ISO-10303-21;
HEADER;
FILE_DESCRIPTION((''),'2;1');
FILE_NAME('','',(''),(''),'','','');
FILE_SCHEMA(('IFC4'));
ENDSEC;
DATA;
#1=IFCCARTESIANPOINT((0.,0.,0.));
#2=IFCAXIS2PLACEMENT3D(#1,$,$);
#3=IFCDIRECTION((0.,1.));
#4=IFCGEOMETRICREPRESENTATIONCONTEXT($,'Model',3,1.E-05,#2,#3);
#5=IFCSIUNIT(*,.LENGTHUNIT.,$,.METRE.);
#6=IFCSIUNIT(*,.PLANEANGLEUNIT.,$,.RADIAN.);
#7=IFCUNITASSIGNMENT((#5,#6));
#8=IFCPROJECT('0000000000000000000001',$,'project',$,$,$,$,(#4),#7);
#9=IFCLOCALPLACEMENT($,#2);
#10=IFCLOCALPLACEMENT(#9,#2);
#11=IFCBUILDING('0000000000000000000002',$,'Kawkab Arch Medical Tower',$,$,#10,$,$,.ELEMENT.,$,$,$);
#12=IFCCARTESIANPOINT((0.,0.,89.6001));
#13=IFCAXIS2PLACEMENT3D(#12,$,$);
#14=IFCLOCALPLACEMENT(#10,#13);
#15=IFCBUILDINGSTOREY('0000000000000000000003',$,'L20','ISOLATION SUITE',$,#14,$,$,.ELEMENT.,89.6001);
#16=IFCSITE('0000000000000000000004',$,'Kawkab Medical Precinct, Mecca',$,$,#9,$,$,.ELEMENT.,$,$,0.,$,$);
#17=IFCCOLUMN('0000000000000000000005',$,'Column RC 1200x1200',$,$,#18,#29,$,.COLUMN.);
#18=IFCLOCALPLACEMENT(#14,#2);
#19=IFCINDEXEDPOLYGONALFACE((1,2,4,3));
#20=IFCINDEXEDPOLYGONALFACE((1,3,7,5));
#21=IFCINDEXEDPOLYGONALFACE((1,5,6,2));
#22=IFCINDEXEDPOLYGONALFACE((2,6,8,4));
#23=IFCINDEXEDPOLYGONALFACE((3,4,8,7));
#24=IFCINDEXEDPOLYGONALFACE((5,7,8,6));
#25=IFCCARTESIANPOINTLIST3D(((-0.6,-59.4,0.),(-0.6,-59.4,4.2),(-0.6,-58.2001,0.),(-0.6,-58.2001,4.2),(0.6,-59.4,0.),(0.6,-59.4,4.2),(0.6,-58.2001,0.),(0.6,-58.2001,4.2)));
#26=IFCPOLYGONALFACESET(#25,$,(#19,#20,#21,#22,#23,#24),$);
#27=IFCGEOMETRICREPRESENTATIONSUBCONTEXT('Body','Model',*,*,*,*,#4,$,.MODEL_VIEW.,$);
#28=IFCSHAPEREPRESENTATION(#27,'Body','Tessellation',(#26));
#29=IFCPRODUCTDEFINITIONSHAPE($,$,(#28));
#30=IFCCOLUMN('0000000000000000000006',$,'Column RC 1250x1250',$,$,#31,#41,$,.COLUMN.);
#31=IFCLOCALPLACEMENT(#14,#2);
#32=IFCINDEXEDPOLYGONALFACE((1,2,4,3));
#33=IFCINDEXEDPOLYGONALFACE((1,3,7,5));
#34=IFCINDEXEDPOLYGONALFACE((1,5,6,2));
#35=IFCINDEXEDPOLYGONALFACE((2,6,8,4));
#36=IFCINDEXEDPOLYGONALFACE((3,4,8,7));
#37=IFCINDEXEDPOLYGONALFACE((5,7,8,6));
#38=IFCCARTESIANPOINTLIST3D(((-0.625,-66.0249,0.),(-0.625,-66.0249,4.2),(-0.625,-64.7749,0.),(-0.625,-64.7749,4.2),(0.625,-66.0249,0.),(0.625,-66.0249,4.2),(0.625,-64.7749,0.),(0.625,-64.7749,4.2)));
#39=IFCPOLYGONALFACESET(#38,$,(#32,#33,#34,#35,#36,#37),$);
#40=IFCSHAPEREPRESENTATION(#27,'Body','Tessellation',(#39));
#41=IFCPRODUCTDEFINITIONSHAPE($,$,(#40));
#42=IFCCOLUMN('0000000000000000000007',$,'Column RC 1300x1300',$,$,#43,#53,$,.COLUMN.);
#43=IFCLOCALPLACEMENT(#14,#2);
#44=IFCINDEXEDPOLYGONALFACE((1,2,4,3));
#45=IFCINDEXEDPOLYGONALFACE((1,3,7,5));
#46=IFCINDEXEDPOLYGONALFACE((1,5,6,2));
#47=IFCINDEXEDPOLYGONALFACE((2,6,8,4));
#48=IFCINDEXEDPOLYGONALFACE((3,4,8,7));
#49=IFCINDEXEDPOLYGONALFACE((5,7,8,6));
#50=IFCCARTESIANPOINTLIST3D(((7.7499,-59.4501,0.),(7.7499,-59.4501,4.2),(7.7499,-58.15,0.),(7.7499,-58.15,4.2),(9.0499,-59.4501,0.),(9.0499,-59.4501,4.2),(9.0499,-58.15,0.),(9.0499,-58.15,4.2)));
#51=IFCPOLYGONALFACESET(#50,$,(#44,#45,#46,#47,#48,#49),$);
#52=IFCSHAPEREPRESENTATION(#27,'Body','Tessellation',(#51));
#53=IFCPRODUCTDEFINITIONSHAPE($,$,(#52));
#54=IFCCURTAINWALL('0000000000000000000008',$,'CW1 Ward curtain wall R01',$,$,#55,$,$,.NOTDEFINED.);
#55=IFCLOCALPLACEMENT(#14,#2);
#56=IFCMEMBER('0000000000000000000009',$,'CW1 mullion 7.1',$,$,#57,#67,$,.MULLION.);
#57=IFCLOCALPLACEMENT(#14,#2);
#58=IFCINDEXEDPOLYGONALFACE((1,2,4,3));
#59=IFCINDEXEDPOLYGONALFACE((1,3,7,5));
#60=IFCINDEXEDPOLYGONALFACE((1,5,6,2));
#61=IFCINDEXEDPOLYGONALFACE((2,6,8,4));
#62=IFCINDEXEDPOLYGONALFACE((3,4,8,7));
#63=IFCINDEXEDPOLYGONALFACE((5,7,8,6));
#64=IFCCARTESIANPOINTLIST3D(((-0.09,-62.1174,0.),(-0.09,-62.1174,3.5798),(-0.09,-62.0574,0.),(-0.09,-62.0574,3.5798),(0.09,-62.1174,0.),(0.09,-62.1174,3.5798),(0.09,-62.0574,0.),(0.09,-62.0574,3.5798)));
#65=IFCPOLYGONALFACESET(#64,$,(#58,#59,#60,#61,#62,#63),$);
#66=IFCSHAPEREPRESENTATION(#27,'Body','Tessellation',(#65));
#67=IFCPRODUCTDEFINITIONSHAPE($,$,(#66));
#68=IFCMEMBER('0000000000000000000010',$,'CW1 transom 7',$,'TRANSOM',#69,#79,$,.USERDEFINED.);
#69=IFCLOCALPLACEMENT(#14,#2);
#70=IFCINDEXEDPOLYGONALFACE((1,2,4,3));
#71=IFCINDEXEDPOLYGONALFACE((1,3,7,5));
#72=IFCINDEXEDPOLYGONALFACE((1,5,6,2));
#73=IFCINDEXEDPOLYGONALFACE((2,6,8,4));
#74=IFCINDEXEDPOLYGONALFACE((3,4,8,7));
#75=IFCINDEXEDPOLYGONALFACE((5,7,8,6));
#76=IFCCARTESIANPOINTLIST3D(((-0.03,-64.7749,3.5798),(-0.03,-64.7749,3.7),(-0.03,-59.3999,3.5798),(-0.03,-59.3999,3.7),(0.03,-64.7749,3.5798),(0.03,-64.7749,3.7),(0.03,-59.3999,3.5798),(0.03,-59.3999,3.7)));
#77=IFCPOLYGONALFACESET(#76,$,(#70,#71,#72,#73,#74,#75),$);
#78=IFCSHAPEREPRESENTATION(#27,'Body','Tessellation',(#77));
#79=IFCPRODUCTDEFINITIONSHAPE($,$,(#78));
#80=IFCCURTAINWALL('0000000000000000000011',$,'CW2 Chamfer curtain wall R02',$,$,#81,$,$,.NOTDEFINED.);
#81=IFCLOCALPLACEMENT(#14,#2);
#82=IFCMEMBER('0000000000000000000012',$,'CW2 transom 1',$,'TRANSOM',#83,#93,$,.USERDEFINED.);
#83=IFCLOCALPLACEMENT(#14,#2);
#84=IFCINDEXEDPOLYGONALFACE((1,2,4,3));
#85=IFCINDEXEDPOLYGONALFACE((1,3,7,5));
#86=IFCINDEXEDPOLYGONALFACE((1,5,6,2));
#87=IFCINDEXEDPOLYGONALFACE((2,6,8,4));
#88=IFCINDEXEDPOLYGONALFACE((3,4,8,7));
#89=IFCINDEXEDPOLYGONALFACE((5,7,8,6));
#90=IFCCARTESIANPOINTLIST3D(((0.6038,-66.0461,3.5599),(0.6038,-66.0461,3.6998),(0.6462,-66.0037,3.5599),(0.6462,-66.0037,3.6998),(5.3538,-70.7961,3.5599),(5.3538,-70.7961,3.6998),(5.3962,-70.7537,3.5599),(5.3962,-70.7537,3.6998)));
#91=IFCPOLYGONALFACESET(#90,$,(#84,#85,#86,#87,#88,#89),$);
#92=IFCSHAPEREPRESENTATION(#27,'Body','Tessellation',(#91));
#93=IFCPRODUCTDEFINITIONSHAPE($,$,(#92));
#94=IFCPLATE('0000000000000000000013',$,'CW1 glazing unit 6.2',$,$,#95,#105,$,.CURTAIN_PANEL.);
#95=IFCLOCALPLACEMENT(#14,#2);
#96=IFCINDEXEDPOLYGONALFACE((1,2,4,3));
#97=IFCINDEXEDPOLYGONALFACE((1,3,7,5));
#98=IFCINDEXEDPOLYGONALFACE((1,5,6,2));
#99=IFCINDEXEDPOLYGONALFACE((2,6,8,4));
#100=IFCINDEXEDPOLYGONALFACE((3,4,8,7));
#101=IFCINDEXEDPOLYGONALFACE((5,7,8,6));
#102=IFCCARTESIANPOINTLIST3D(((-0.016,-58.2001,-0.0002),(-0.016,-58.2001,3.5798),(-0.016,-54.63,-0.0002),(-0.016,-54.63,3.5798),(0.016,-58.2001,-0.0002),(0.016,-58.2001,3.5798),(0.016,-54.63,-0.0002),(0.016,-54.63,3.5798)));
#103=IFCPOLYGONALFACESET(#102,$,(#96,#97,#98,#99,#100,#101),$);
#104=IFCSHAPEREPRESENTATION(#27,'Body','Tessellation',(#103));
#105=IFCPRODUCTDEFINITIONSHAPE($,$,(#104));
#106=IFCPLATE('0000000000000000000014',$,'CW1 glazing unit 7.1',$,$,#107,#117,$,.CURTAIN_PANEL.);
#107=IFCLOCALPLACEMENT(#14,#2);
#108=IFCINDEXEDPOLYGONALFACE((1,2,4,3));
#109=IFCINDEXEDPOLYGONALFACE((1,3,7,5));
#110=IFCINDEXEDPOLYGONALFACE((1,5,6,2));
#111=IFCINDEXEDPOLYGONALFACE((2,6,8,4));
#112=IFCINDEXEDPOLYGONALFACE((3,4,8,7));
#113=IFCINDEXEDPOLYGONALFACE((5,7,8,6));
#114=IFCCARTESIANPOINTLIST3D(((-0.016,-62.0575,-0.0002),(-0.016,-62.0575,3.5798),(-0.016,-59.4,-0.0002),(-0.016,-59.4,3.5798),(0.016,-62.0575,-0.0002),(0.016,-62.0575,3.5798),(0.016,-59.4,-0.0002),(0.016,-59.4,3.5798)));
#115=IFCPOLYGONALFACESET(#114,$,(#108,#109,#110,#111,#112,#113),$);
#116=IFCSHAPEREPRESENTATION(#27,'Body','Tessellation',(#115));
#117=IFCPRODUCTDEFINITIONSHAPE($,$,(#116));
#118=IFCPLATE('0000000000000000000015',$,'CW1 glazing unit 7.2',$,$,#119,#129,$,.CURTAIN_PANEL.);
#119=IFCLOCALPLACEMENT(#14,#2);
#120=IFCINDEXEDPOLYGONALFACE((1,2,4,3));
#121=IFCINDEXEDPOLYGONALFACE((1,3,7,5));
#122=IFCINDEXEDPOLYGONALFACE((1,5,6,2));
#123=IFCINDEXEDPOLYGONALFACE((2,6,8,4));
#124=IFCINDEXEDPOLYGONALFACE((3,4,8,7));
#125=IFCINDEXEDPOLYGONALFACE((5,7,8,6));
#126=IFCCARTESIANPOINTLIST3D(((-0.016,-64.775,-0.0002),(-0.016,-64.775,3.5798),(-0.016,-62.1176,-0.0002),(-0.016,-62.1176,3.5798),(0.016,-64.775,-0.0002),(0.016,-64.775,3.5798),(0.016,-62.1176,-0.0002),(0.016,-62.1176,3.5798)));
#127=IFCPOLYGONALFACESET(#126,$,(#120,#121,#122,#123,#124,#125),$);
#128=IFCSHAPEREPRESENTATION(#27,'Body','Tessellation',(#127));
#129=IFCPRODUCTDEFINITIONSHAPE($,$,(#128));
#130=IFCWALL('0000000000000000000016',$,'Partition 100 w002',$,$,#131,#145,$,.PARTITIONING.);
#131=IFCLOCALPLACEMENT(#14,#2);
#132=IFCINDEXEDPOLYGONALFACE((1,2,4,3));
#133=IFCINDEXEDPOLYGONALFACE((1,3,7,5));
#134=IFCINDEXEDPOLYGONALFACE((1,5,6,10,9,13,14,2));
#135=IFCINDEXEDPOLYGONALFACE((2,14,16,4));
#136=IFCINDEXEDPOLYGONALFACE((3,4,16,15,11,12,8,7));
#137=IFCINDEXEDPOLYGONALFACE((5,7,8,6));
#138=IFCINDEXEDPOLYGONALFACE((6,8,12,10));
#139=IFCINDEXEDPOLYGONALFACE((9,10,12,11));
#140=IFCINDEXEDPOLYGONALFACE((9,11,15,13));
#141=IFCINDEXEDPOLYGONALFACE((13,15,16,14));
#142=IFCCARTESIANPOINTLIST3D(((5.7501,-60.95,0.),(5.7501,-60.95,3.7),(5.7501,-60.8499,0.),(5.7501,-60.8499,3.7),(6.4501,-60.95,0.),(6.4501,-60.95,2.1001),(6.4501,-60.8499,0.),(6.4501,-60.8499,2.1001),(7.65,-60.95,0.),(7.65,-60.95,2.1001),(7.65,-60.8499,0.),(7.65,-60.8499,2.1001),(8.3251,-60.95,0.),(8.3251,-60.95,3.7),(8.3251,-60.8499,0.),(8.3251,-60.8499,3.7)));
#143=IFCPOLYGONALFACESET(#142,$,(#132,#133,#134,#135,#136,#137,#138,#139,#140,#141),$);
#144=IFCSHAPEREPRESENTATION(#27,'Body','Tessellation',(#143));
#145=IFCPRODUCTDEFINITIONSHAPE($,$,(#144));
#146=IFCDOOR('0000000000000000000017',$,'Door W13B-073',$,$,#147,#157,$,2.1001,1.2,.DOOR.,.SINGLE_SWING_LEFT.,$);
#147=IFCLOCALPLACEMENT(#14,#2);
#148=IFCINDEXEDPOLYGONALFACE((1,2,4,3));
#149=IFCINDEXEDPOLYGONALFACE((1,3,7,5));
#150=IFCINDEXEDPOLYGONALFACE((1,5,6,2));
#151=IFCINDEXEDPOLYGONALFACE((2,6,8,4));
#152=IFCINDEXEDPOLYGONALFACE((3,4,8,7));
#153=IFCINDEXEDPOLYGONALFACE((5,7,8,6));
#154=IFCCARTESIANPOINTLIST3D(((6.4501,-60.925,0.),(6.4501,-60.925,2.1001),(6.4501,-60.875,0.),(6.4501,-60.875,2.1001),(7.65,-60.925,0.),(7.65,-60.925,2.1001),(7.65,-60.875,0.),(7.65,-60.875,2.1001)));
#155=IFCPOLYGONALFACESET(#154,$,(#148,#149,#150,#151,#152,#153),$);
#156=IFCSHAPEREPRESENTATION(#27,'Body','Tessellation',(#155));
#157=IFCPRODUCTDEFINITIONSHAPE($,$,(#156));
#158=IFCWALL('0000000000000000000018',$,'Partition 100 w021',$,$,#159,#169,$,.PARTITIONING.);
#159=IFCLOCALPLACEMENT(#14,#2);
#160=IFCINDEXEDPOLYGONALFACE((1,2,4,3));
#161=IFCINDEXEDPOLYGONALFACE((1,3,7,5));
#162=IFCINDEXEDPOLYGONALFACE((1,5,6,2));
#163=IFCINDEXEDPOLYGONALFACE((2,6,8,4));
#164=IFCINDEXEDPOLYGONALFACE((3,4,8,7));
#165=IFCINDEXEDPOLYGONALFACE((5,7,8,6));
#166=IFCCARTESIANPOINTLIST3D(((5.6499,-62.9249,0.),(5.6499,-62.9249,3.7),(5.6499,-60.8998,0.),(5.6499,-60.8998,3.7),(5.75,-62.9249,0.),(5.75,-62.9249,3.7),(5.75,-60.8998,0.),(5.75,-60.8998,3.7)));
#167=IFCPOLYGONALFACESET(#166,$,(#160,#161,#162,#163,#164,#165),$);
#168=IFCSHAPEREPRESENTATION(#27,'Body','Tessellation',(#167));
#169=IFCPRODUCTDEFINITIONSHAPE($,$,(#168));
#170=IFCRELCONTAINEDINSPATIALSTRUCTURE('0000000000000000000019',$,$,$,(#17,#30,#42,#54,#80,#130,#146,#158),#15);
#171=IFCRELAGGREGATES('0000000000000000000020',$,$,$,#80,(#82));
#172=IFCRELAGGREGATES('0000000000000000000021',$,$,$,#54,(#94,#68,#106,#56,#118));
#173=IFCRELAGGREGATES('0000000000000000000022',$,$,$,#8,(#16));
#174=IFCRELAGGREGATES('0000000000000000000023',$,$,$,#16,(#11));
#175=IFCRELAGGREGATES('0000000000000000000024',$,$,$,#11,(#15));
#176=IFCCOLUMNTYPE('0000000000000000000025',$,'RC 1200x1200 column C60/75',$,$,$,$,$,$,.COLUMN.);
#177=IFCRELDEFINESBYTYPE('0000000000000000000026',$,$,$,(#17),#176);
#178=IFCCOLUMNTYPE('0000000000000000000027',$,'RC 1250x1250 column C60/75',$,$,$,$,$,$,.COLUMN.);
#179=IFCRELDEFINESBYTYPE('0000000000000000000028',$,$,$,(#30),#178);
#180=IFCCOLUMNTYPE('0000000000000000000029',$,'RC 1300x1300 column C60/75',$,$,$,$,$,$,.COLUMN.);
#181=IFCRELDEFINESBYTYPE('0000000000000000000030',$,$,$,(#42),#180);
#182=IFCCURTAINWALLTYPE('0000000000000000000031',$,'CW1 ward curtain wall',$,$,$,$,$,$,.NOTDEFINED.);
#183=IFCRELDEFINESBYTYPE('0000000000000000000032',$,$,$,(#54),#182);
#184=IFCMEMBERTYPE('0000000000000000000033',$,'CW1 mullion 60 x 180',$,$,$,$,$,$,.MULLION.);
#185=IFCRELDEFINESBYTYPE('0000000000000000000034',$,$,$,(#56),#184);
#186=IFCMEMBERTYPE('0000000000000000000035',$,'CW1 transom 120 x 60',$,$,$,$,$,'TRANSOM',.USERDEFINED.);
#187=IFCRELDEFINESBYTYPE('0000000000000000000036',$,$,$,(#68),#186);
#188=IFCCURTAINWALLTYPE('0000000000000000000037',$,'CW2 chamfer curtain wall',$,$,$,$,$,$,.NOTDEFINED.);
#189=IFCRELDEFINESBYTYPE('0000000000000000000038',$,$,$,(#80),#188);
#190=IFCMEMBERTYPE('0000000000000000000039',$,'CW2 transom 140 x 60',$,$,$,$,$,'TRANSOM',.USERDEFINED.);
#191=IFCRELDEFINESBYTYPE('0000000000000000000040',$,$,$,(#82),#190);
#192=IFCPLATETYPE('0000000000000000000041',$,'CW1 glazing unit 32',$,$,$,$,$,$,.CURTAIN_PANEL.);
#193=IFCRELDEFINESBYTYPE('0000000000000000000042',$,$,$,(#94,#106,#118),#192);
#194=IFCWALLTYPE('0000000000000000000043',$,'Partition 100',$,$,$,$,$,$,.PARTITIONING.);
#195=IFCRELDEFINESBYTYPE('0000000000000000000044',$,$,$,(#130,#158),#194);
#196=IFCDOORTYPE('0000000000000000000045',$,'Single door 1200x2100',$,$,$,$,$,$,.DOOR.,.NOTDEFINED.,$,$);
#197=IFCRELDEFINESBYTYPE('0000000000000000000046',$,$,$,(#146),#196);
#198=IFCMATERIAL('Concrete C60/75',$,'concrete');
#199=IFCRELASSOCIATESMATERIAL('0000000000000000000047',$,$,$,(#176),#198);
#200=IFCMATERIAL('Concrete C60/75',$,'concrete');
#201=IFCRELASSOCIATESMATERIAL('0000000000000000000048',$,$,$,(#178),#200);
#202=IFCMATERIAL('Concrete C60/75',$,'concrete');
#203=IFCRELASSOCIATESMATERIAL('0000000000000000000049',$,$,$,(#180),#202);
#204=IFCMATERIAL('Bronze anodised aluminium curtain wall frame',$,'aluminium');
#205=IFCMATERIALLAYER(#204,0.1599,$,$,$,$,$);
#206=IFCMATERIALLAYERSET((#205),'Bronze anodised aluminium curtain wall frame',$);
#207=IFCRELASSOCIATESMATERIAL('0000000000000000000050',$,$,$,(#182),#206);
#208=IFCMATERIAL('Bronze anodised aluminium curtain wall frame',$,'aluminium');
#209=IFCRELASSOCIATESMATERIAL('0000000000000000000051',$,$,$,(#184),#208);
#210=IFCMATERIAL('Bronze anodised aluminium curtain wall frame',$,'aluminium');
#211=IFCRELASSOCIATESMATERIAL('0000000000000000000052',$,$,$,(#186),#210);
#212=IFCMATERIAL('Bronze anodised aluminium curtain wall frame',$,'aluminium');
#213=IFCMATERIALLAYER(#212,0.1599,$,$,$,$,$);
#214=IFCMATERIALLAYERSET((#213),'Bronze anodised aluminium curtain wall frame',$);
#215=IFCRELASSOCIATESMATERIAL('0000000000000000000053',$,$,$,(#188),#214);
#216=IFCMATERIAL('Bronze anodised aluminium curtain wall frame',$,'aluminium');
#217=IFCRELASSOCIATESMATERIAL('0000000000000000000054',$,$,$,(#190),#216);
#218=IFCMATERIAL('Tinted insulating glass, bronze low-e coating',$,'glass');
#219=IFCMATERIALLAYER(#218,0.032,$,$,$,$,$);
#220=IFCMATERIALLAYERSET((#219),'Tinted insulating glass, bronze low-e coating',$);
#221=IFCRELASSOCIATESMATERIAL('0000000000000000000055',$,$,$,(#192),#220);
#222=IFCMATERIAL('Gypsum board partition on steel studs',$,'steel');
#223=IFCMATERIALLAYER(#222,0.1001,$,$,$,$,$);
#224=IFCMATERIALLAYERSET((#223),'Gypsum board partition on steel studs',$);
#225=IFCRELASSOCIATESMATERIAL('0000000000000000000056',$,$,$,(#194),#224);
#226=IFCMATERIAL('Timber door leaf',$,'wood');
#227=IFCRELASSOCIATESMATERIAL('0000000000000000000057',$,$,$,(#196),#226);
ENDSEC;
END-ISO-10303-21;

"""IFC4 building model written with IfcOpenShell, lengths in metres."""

from ifc_helpers import new_model, si_unit, direction, frame, frame_2d, origin, origin_2d, place, context, subcontext, project, spatial, rectangle, extrude, material, layer, layer_set, material_profile, profile_set, type_object, element, fill, aggregate, save


model = new_model("IFC4")

# Units and contexts
model_context = context("Model", 3, precision=1e-05, world=origin(), true_north=direction((0.0, 1.0)))
body_context = subcontext(model_context, "Body", "Model", "MODEL_VIEW")
ifc_project = project(units=[si_unit("LENGTHUNIT", "METRE"), si_unit("PLANEANGLEUNIT", "RADIAN")], contexts=[model_context])

# Site, building, storey
site_placement = place(None, origin())
site = spatial("IfcSite", under=ifc_project, at=site_placement, Name="Kawkab Medical Precinct, Mecca", CompositionType="ELEMENT", RefElevation=0.0)
building_placement = place(site_placement, origin())
building = spatial("IfcBuilding", under=site, at=building_placement, Name="Kawkab Arch Medical Tower", CompositionType="ELEMENT")
storey_placement = place(building_placement, frame((0.0, 0.0, 89.6001)))
storey = spatial("IfcBuildingStorey", under=building, at=storey_placement, Name="L20", Description="ISOLATION SUITE", CompositionType="ELEMENT", Elevation=89.6001)

# Columns
ifc_material_1 = material(Name="Concrete C60/75", Category="concrete")
ifc_material_profile_1 = material_profile(ifc_material_1, rectangle(XDim=1.2, YDim=1.2, at=origin_2d()), Name="RC 1200x1200")
ifc_profile_set_1 = profile_set([ifc_material_profile_1], Name="Concrete C60/75")
column_type_1 = type_object("IfcColumnType", Name="RC 1200x1200 column C60/75", PredefinedType="COLUMN", material=ifc_profile_set_1)
column_1_placement = place(storey_placement, frame((0.0, -58.8, 0.0), z_axis=(0.0, 0.0, 1.0), x_axis=(1.0, 0.0, 0.0)))
element("IfcColumn", 1, at=column_1_placement, inside=storey, type_object=column_type_1, Name="Column RC 1200x1200", PredefinedType="COLUMN", context=body_context, shape_type="SweptSolid", body=[
    extrude(rectangle(XDim=1.2, YDim=1.2, at=origin_2d()), origin(), (0.0, 0.0, 1.0), 4.2),
])
ifc_material_2 = material(Name="Concrete C60/75", Category="concrete")
ifc_material_profile_2 = material_profile(ifc_material_2, rectangle(XDim=1.25, YDim=1.25, at=origin_2d()), Name="RC 1250x1250")
ifc_profile_set_2 = profile_set([ifc_material_profile_2], Name="Concrete C60/75")
column_type_2 = type_object("IfcColumnType", Name="RC 1250x1250 column C60/75", PredefinedType="COLUMN", material=ifc_profile_set_2)
column_2_placement = place(storey_placement, frame((0.0, -65.3999, 0.0), z_axis=(0.0, 0.0, 1.0), x_axis=(1.0, 0.0, 0.0)))
element("IfcColumn", 2, at=column_2_placement, inside=storey, type_object=column_type_2, Name="Column RC 1250x1250", PredefinedType="COLUMN", context=body_context, shape_type="SweptSolid", body=[
    extrude(rectangle(XDim=1.25, YDim=1.25, at=origin_2d()), origin(), (0.0, 0.0, 1.0), 4.2),
])
ifc_material_3 = material(Name="Concrete C60/75", Category="concrete")
ifc_material_profile_3 = material_profile(ifc_material_3, rectangle(XDim=1.3, YDim=1.3, at=origin_2d()), Name="RC 1300x1300")
ifc_profile_set_3 = profile_set([ifc_material_profile_3], Name="Concrete C60/75")
column_type_3 = type_object("IfcColumnType", Name="RC 1300x1300 column C60/75", PredefinedType="COLUMN", material=ifc_profile_set_3)
column_3_placement = place(storey_placement, frame((8.3999, -58.8, 0.0), z_axis=(0.0, 0.0, 1.0), x_axis=(1.0, 0.0, 0.0)))
element("IfcColumn", 3, at=column_3_placement, inside=storey, type_object=column_type_3, Name="Column RC 1300x1300", PredefinedType="COLUMN", context=body_context, shape_type="SweptSolid", body=[
    extrude(rectangle(XDim=1.3, YDim=1.3, at=origin_2d()), origin(), (0.0, 0.0, 1.0), 4.2),
])

# Curtain wall, members
ifc_material_4 = material(Name="Bronze anodised aluminium curtain wall frame", Category="aluminium")
ifc_layer_1 = layer(ifc_material_4, 0.1599)
ifc_layer_set_1 = layer_set([ifc_layer_1], Name="Bronze anodised aluminium curtain wall frame")
curtain_wall_type_1 = type_object("IfcCurtainWallType", Name="CW1 ward curtain wall", PredefinedType="NOTDEFINED", material=ifc_layer_set_1)
placement = place(storey_placement, origin())
curtain_wall_1 = element("IfcCurtainWall", 4, at=placement, inside=storey, type_object=curtain_wall_type_1, Name="CW1 Ward curtain wall R01", PredefinedType="NOTDEFINED")
ifc_material_5 = material(Name="Bronze anodised aluminium curtain wall frame", Category="aluminium")
ifc_material_profile_4 = material_profile(ifc_material_5, rectangle(XDim=0.1799, YDim=0.0601, at=origin_2d()), Name="AL 60x180")
ifc_profile_set_4 = profile_set([ifc_material_profile_4], Name="Bronze anodised aluminium curtain wall frame")
member_type_1 = type_object("IfcMemberType", Name="CW1 mullion 60 x 180", PredefinedType="MULLION", material=ifc_profile_set_4)
member_1_placement = place(storey_placement, frame((0.0, -62.0874, 0.0), z_axis=(0.0, 0.0, 1.0), x_axis=(1.0, 0.0, 0.0)))
member_1 = element("IfcMember", 5, at=member_1_placement, type_object=member_type_1, Name="CW1 mullion 7.1", PredefinedType="MULLION", context=body_context, shape_type="SweptSolid", body=[
    extrude(rectangle(XDim=0.1799, YDim=0.0601, at=origin_2d()), origin(), (0.0, 0.0, 1.0), 3.5798),
])
ifc_material_6 = material(Name="Bronze anodised aluminium curtain wall frame", Category="aluminium")
ifc_material_profile_5 = material_profile(ifc_material_6, rectangle(XDim=0.0601, YDim=0.1201, at=origin_2d()), Name="AL 60x120")
ifc_profile_set_5 = profile_set([ifc_material_profile_5], Name="Bronze anodised aluminium curtain wall frame")
member_type_2 = type_object("IfcMemberType", Name="CW1 transom 120 x 60", ElementType="TRANSOM", PredefinedType="USERDEFINED", material=ifc_profile_set_5)
member_2_placement = place(storey_placement, frame((0.0, -59.3999, 3.6399), z_axis=(0.0, -1.0, 0.0), x_axis=(1.0, 0.0, 0.0)))
member_2 = element("IfcMember", 6, at=member_2_placement, type_object=member_type_2, Name="CW1 transom 7", ObjectType="TRANSOM", PredefinedType="USERDEFINED", context=body_context, shape_type="SweptSolid", body=[
    extrude(rectangle(XDim=0.0601, YDim=0.1201, at=origin_2d()), origin(), (0.0, 0.0, 1.0), 5.375),
])

# Curtain wall, member
ifc_material_7 = material(Name="Bronze anodised aluminium curtain wall frame", Category="aluminium")
ifc_layer_2 = layer(ifc_material_7, 0.1599)
ifc_layer_set_2 = layer_set([ifc_layer_2], Name="Bronze anodised aluminium curtain wall frame")
curtain_wall_type_2 = type_object("IfcCurtainWallType", Name="CW2 chamfer curtain wall", PredefinedType="NOTDEFINED", material=ifc_layer_set_2)
curtain_wall_2 = element("IfcCurtainWall", 7, at=placement, inside=storey, type_object=curtain_wall_type_2, Name="CW2 Chamfer curtain wall R02", PredefinedType="NOTDEFINED")
ifc_material_8 = material(Name="Bronze anodised aluminium curtain wall frame", Category="aluminium")
ifc_material_profile_6 = material_profile(ifc_material_8, rectangle(XDim=0.0601, YDim=0.1399, at=origin_2d()), Name="AL 60x140")
ifc_profile_set_6 = profile_set([ifc_material_profile_6], Name="Bronze anodised aluminium curtain wall frame")
member_type_3 = type_object("IfcMemberType", Name="CW2 transom 140 x 60", ElementType="TRANSOM", PredefinedType="USERDEFINED", material=ifc_profile_set_6)
member_3_placement = place(storey_placement, frame((0.625, -66.0249, 3.6299), z_axis=(0.707107, -0.707107, 0.0), x_axis=(0.707107, 0.707107, 0.0)))
member_3 = element("IfcMember", 8, at=member_3_placement, type_object=member_type_3, Name="CW2 transom 1", ObjectType="TRANSOM", PredefinedType="USERDEFINED", context=body_context, shape_type="SweptSolid", body=[
    extrude(rectangle(XDim=0.0601, YDim=0.1399, at=origin_2d()), origin(), (0.0, 0.0, 1.0), 6.7175),
])
aggregate(curtain_wall_2, [member_3])

# Plates
ifc_material_9 = material(Name="Tinted insulating glass, bronze low-e coating", Category="glass")
ifc_layer_3 = layer(ifc_material_9, 0.032)
ifc_layer_set_3 = layer_set([ifc_layer_3], Name="Tinted insulating glass, bronze low-e coating")
plate_type = type_object("IfcPlateType", Name="CW1 glazing unit 32", PredefinedType="CURTAIN_PANEL", material=ifc_layer_set_3)
plate_1_placement = place(storey_placement, frame((0.0, -56.415, -0.0002), z_axis=(0.0, 0.0, 1.0), x_axis=(0.0, -1.0, 0.0)))
plate_1 = element("IfcPlate", 9, at=plate_1_placement, type_object=plate_type, Name="CW1 glazing unit 6.2", PredefinedType="CURTAIN_PANEL", context=body_context, shape_type="SweptSolid", body=[
    extrude(rectangle(XDim=3.5701, YDim=0.032, at=origin_2d()), origin(), (0.0, 0.0, 1.0), 3.5801),
])
plate_2_placement = place(storey_placement, frame((0.0, -60.7288, -0.0002), z_axis=(0.0, 0.0, 1.0), x_axis=(0.0, -1.0, 0.0)))
plate_2 = element("IfcPlate", 10, at=plate_2_placement, type_object=plate_type, Name="CW1 glazing unit 7.1", PredefinedType="CURTAIN_PANEL", context=body_context, shape_type="SweptSolid", body=[
    extrude(rectangle(XDim=2.6575, YDim=0.032, at=origin_2d()), origin(), (0.0, 0.0, 1.0), 3.5801),
])
plate_3_placement = place(storey_placement, frame((0.0, -63.4463, -0.0002), z_axis=(0.0, 0.0, 1.0), x_axis=(0.0, -1.0, 0.0)))
plate_3 = element("IfcPlate", 11, at=plate_3_placement, type_object=plate_type, Name="CW1 glazing unit 7.2", PredefinedType="CURTAIN_PANEL", context=body_context, shape_type="SweptSolid", body=[
    extrude(rectangle(XDim=2.6575, YDim=0.032, at=origin_2d()), origin(), (0.0, 0.0, 1.0), 3.5801),
])
aggregate(curtain_wall_1, [plate_1, member_2, plate_2, member_1, plate_3])

# Wall, opening, door
ifc_material_10 = material(Name="Gypsum board partition on steel studs", Category="steel")
ifc_layer_4 = layer(ifc_material_10, 0.1001)
ifc_layer_set_4 = layer_set([ifc_layer_4], Name="Gypsum board partition on steel studs")
wall_type_1 = type_object("IfcWallType", Name="Partition 100", PredefinedType="PARTITIONING", material=ifc_layer_set_4)
wall_1_placement = place(storey_placement, frame((5.75, -60.8999, 0.0), z_axis=(0.0, 0.0, 1.0), x_axis=(1.0, 0.0, 0.0)))
wall_1 = element("IfcWall", 12, at=wall_1_placement, inside=storey, type_object=wall_type_1, Name="Partition 100 w002", PredefinedType="PARTITIONING", context=body_context, shape_type="SweptSolid", body=[
    extrude(rectangle(XDim=2.575, YDim=0.1001, at=frame_2d((1.2876, 0.0))), origin(), (0.0, 0.0, 1.0), 3.7),
])
opening_1_placement = place(wall_1_placement, frame((0.7, 0.0, 0.0)))
opening_1 = element("IfcOpeningElement", 13, at=opening_1_placement, cuts=wall_1, PredefinedType="OPENING", context=body_context, shape_type="SweptSolid", body=[
    extrude(rectangle(XDim=1.2, YDim=2.1001, at=frame_2d((0.6001, 1.05))), frame((0.0, 0.0601, 0.0), z_axis=(0.0, -1.0, 0.0), x_axis=(1.0, 0.0, 0.0)), (0.0, 0.0, 1.0), 0.1201),
])
ifc_material_11 = material(Name="Timber door leaf", Category="wood")
door_type_1 = type_object("IfcDoorType", Name="Single door 1200x2100", OperationType="NOTDEFINED", PredefinedType="DOOR", material=ifc_material_11)
door_1_placement = place(opening_1_placement, origin())
door_1 = element("IfcDoor", 14, at=door_1_placement, inside=storey, type_object=door_type_1, Name="Door W13B-073", OperationType="SINGLE_SWING_LEFT", OverallHeight=2.1001, OverallWidth=1.2, PredefinedType="DOOR", context=body_context, shape_type="SweptSolid", body=[
    extrude(rectangle(XDim=1.2, YDim=2.1001, at=frame_2d((0.6001, 1.05))), frame((0.0, 0.0249, 0.0), z_axis=(0.0, -1.0, 0.0), x_axis=(1.0, 0.0, 0.0)), (0.0, 0.0, 1.0), 0.05),
])
fill(opening_1, door_1)

# Wall
wall_2_placement = place(storey_placement, frame((5.7, -62.925, 0.0), z_axis=(0.0, 0.0, 1.0), x_axis=(0.0, 1.0, 0.0)))
element("IfcWall", 15, at=wall_2_placement, inside=storey, type_object=wall_type_1, Name="Partition 100 w021", PredefinedType="PARTITIONING", context=body_context, shape_type="SweptSolid", body=[
    extrude(rectangle(XDim=2.0251, YDim=0.1001, at=frame_2d((1.0127, 0.0))), origin(), (0.0, 0.0, 1.0), 3.7),
])

save(model, "model.ifc")
